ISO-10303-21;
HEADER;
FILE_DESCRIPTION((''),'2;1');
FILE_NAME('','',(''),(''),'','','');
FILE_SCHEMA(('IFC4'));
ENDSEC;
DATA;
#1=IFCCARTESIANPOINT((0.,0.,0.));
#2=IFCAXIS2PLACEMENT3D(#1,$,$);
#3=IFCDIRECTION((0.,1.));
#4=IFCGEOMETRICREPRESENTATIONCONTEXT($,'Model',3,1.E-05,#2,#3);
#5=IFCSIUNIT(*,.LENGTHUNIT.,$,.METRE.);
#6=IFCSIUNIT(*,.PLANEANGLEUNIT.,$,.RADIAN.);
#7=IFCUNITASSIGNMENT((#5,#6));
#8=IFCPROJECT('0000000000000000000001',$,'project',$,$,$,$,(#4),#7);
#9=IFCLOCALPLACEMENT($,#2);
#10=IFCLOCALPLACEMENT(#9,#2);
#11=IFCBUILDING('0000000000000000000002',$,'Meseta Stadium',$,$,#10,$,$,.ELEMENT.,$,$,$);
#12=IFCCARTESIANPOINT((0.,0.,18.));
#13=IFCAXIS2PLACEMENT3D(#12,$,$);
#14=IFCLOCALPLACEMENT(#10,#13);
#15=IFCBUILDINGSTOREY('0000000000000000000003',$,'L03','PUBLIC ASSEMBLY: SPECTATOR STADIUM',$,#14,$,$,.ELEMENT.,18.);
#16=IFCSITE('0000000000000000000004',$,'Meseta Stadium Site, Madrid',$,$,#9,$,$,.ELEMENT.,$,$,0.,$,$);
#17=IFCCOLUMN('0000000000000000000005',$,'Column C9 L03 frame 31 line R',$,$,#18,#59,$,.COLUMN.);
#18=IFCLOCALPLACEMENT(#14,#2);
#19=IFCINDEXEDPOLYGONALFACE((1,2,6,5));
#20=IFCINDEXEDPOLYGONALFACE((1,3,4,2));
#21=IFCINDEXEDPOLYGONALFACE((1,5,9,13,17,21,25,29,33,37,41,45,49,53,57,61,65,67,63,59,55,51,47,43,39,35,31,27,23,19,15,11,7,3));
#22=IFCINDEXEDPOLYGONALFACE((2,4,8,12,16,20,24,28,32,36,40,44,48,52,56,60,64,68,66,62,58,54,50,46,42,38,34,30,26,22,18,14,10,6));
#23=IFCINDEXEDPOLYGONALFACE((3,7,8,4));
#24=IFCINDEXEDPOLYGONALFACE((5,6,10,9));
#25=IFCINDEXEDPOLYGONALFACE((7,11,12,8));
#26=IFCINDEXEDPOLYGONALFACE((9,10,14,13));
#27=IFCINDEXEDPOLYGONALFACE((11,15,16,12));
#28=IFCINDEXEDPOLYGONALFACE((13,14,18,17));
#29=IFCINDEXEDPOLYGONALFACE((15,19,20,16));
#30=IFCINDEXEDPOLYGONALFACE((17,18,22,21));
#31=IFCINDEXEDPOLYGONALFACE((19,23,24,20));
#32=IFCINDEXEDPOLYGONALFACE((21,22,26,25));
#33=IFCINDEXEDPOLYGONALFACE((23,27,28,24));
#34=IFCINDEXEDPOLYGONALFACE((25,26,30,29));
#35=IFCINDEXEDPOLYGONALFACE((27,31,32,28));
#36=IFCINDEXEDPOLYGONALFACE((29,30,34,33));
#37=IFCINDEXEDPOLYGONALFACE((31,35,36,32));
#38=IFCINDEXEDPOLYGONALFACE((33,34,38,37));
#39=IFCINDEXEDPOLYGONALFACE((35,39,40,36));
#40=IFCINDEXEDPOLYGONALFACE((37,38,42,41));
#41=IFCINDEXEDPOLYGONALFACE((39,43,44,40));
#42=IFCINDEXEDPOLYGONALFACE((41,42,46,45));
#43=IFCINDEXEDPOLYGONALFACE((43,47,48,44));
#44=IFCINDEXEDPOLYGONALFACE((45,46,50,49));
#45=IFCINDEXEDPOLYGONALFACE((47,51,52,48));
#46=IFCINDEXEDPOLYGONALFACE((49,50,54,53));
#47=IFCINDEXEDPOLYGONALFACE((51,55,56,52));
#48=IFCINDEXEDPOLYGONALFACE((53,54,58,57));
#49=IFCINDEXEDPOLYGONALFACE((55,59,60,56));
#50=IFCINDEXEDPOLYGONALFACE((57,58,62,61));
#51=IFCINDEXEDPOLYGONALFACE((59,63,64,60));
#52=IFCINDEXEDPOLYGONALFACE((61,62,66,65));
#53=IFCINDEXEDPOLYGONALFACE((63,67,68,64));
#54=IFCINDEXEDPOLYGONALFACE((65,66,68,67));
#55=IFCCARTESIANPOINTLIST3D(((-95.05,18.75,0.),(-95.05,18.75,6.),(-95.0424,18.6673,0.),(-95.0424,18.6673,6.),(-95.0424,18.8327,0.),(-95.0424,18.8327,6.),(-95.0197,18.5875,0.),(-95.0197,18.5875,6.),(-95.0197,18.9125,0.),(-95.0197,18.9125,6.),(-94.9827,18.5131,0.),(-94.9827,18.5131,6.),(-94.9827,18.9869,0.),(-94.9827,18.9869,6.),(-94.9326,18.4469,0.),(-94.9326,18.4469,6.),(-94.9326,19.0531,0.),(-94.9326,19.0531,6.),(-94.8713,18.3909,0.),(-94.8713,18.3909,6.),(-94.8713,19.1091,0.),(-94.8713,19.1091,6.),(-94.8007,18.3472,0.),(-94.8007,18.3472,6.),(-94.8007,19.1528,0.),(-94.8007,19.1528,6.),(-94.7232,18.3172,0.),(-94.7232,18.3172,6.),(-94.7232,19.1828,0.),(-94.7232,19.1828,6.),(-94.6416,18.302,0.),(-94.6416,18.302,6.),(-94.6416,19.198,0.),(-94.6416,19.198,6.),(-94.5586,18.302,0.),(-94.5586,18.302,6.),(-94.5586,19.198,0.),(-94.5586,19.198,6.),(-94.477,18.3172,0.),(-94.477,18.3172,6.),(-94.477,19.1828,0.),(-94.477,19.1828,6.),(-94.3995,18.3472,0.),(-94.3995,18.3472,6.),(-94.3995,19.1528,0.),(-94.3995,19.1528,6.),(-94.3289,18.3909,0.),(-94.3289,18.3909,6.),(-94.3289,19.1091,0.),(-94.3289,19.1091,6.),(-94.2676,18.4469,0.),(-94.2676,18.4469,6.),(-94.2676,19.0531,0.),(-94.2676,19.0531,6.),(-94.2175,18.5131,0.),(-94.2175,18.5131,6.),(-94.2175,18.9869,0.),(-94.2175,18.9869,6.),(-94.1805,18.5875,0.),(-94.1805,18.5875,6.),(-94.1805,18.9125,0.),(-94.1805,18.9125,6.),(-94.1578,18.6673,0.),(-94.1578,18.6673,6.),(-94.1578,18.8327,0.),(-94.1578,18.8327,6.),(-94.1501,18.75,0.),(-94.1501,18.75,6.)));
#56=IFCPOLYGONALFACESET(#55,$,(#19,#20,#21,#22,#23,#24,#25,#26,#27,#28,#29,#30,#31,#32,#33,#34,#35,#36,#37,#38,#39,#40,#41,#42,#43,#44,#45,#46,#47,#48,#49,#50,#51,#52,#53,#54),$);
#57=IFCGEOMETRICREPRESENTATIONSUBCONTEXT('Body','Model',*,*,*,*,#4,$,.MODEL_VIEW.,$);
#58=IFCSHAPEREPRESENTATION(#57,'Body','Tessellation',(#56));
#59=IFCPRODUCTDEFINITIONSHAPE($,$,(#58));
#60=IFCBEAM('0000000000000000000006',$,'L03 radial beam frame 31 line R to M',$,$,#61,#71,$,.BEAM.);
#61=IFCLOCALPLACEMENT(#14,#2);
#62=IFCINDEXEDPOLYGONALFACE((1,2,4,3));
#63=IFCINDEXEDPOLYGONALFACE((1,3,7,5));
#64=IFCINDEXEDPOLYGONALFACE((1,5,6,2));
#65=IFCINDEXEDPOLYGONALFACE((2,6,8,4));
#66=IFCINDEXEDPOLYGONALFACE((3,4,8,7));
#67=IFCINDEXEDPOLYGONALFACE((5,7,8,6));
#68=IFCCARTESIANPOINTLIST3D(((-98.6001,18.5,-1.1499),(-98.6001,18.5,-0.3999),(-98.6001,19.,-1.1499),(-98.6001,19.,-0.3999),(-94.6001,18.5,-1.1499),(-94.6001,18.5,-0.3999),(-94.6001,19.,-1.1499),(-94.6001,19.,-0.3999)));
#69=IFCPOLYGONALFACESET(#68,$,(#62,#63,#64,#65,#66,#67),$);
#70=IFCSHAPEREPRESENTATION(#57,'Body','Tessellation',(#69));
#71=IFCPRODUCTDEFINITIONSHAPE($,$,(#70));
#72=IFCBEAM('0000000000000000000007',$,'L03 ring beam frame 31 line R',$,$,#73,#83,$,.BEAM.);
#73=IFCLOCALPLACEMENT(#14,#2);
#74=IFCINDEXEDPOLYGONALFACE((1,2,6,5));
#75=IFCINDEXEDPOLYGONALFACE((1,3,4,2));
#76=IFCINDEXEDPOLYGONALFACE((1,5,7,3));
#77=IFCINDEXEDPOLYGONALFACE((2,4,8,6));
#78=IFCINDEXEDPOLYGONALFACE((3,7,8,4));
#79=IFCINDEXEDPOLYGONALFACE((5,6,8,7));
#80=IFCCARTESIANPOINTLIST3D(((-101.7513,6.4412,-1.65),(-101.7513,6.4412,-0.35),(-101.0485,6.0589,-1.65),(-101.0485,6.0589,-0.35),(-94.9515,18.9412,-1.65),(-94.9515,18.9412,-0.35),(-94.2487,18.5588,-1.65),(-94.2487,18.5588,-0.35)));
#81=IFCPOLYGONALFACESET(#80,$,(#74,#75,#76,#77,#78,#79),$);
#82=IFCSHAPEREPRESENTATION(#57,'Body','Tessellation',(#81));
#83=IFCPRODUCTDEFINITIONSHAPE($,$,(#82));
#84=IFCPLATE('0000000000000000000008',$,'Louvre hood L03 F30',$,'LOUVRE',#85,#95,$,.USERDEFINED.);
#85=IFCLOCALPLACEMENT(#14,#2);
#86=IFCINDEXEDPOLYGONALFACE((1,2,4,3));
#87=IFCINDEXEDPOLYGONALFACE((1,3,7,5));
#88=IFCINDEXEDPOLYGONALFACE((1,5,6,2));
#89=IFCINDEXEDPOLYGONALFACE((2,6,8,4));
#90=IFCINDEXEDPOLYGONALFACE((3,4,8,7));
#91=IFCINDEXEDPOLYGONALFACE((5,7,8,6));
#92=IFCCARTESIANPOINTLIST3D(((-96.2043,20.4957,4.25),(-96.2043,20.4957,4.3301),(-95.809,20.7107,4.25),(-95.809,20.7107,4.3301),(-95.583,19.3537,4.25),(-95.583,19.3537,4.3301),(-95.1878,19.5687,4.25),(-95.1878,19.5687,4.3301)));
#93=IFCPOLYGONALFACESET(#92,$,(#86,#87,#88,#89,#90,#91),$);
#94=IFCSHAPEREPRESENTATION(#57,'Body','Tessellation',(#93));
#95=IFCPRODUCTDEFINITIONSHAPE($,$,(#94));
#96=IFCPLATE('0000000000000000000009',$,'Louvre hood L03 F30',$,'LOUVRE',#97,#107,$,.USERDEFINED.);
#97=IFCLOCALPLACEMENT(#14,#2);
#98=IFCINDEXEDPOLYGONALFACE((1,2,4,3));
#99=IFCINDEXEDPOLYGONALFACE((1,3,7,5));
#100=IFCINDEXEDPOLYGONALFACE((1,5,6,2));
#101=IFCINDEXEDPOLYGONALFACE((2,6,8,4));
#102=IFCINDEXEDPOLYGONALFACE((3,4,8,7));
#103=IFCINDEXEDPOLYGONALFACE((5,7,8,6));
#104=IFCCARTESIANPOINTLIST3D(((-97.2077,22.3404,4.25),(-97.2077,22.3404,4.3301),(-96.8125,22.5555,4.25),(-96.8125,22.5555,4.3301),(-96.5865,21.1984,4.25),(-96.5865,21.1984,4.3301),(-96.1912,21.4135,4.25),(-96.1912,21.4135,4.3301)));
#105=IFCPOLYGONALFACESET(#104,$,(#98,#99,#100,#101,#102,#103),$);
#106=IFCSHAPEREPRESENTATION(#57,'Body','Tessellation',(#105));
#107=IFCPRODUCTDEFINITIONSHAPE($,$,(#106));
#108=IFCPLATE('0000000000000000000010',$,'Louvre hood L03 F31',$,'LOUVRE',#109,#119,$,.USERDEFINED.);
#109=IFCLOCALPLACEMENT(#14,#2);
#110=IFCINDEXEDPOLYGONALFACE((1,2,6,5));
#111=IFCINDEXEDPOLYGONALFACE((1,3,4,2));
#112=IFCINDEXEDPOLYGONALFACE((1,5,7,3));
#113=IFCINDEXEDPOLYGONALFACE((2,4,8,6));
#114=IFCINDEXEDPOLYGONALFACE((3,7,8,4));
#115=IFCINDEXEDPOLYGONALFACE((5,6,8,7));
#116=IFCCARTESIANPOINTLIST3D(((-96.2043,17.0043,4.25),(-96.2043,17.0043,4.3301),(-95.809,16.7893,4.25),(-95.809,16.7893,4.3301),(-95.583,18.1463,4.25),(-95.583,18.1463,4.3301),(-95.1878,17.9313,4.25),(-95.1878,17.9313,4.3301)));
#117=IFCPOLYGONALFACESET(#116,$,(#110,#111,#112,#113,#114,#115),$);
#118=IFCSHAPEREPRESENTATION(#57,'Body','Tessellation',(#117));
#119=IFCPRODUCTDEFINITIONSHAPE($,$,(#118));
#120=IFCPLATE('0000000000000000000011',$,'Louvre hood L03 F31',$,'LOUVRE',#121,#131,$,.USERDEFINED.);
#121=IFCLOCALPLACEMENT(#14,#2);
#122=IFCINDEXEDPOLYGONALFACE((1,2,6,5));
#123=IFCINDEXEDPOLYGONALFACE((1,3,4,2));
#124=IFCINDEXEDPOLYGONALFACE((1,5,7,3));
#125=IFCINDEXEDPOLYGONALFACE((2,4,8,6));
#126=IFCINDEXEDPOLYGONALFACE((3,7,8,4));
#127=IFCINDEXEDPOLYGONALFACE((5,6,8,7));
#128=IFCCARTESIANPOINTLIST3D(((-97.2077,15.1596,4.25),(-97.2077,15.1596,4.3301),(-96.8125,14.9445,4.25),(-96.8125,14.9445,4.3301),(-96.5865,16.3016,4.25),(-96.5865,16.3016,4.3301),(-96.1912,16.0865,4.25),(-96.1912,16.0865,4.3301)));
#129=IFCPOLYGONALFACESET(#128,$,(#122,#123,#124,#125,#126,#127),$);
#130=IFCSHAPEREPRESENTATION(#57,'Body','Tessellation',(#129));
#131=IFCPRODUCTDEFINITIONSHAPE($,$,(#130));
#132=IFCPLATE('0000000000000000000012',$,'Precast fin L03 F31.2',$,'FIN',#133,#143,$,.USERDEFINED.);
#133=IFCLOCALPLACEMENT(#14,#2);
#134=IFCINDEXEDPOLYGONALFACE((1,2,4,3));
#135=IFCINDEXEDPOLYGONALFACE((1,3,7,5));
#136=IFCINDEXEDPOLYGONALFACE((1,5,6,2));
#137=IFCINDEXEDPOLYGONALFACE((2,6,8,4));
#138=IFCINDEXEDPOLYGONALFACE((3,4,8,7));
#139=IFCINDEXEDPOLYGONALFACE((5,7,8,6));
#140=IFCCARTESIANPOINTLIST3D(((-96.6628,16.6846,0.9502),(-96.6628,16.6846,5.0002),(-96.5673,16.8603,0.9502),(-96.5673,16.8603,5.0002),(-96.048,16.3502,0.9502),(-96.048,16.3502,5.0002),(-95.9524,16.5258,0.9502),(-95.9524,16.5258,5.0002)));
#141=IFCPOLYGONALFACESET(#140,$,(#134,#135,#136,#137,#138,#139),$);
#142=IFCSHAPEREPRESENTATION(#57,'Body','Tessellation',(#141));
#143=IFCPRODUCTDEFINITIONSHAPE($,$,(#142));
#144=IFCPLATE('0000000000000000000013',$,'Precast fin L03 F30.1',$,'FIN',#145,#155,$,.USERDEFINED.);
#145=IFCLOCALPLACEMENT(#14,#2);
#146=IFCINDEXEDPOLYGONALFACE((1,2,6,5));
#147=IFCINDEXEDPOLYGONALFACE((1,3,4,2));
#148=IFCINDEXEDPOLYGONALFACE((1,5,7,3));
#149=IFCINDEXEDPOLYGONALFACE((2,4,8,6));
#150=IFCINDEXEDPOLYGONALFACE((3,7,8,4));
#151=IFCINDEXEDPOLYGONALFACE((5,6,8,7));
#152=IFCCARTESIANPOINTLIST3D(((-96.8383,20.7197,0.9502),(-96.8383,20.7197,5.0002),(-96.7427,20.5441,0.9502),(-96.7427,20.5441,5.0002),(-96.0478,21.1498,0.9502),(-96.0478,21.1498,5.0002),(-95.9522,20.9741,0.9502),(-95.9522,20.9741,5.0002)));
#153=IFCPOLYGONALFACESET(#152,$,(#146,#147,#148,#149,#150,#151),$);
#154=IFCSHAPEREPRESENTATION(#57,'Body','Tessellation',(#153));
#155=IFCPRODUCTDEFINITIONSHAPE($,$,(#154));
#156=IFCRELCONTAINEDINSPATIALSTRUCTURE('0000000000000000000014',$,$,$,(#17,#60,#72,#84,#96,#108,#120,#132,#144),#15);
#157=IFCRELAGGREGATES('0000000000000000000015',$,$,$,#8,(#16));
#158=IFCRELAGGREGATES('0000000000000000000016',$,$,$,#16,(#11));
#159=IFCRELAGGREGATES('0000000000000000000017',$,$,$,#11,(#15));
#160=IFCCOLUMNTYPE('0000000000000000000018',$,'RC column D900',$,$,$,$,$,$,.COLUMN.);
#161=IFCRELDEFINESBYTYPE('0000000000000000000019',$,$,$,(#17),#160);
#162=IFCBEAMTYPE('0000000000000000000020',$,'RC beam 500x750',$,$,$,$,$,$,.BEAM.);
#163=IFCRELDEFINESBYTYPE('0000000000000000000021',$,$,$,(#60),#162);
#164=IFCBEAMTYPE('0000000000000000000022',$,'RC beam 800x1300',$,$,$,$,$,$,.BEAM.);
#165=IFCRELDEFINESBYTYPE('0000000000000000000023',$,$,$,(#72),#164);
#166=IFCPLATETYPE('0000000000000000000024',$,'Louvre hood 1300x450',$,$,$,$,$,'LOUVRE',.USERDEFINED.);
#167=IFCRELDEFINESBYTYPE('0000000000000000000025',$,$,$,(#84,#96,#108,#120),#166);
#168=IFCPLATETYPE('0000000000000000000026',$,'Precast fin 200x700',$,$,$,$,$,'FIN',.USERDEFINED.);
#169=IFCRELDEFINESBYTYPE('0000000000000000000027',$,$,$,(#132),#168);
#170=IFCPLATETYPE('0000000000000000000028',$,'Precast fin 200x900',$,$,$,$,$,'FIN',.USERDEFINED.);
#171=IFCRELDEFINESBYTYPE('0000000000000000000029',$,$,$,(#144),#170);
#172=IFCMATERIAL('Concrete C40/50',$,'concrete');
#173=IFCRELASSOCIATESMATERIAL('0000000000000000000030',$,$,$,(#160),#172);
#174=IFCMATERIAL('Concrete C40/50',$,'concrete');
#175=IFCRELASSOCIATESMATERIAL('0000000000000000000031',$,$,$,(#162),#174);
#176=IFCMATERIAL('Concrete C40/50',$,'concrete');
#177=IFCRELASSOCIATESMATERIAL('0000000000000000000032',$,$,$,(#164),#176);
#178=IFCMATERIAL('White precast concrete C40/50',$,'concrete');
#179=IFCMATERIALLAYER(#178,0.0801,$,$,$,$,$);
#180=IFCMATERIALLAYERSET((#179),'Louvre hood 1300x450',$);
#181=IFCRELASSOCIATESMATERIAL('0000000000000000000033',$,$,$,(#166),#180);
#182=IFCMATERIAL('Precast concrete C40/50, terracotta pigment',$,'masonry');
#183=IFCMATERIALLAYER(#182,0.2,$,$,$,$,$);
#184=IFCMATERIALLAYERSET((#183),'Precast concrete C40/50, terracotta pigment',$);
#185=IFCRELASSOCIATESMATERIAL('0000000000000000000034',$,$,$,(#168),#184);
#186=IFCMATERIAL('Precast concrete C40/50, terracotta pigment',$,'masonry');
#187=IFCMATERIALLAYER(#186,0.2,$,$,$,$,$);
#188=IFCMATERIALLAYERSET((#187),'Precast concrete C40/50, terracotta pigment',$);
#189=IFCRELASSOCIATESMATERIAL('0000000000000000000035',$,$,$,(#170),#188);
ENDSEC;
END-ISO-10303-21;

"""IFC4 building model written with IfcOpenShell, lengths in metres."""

from ifc_helpers import new_model, si_unit, direction, frame, origin, origin_2d, place, context, subcontext, project, spatial, rectangle, circle, extrude, material, layer, layer_set, material_profile, profile_set, type_object, element, save


model = new_model("IFC4")

# Units and contexts
model_context = context("Model", 3, precision=1e-05, world=origin(), true_north=direction((0.0, 1.0)))
body_context = subcontext(model_context, "Body", "Model", "MODEL_VIEW")
ifc_project = project(units=[si_unit("LENGTHUNIT", "METRE"), si_unit("PLANEANGLEUNIT", "RADIAN")], contexts=[model_context])

# Site, building, storey
site_placement = place(None, origin())
site = spatial("IfcSite", under=ifc_project, at=site_placement, Name="Meseta Stadium Site, Madrid", CompositionType="ELEMENT", RefElevation=0.0)
building_placement = place(site_placement, origin())
building = spatial("IfcBuilding", under=site, at=building_placement, Name="Meseta Stadium", CompositionType="ELEMENT")
storey_placement = place(building_placement, frame((0.0, 0.0, 18.0)))
storey = spatial("IfcBuildingStorey", under=building, at=storey_placement, Name="L03", Description="PUBLIC ASSEMBLY: SPECTATOR STADIUM", CompositionType="ELEMENT", Elevation=18.0)

# Column
ifc_material_1 = material(Name="Concrete C40/50", Category="concrete")
ifc_material_profile_1 = material_profile(ifc_material_1, circle(Radius=0.45, at=origin_2d()), Name="RC D900")
ifc_profile_set_1 = profile_set([ifc_material_profile_1], Name="Concrete C40/50")
column_type = type_object("IfcColumnType", Name="RC column D900", PredefinedType="COLUMN", material=ifc_profile_set_1)
column_placement = place(storey_placement, frame((-94.6001, 18.75, 0.0), z_axis=(0.0, 0.0, 1.0), x_axis=(1.0, 0.0, 0.0)))
element("IfcColumn", 1, at=column_placement, inside=storey, type_object=column_type, Name="Column C9 L03 frame 31 line R", PredefinedType="COLUMN", context=body_context, shape_type="SweptSolid", body=[
    extrude(circle(Radius=0.45, at=origin_2d()), origin(), (0.0, 0.0, 1.0), 6.0),
])

# Beams
ifc_material_2 = material(Name="Concrete C40/50", Category="concrete")
ifc_material_profile_2 = material_profile(ifc_material_2, rectangle(XDim=0.5, YDim=0.75, at=origin_2d()), Name="RC 500x750")
ifc_profile_set_2 = profile_set([ifc_material_profile_2], Name="Concrete C40/50")
beam_type_1 = type_object("IfcBeamType", Name="RC beam 500x750", PredefinedType="BEAM", material=ifc_profile_set_2)
beam_1_placement = place(storey_placement, frame((-94.6001, 18.75, -0.7749), z_axis=(-1.0, 0.0, 0.0), x_axis=(0.0, -1.0, 0.0)))
element("IfcBeam", 2, at=beam_1_placement, inside=storey, type_object=beam_type_1, Name="L03 radial beam frame 31 line R to M", PredefinedType="BEAM", context=body_context, shape_type="SweptSolid", body=[
    extrude(rectangle(XDim=0.5, YDim=0.75, at=origin_2d()), origin(), (0.0, 0.0, 1.0), 4.0),
])
ifc_material_3 = material(Name="Concrete C40/50", Category="concrete")
ifc_material_profile_3 = material_profile(ifc_material_3, rectangle(XDim=0.8, YDim=1.3, at=origin_2d()), Name="RC 800x1300")
ifc_profile_set_3 = profile_set([ifc_material_profile_3], Name="Concrete C40/50")
beam_type_2 = type_object("IfcBeamType", Name="RC beam 800x1300", PredefinedType="BEAM", material=ifc_profile_set_3)
beam_2_placement = place(storey_placement, frame((-94.6001, 18.75, -1.0), z_axis=(-0.477856, -0.878438, 0.0), x_axis=(0.878438, -0.477856, 0.0)))
element("IfcBeam", 3, at=beam_2_placement, inside=storey, type_object=beam_type_2, Name="L03 ring beam frame 31 line R", PredefinedType="BEAM", context=body_context, shape_type="SweptSolid", body=[
    extrude(rectangle(XDim=0.8, YDim=1.3, at=origin_2d()), origin(), (0.0, 0.0, 1.0), 14.2297),
])

# Plates
ifc_material_4 = material(Name="White precast concrete C40/50", Category="concrete")
ifc_layer_1 = layer(ifc_material_4, 0.0801)
ifc_layer_set_1 = layer_set([ifc_layer_1], Name="Louvre hood 1300x450")
plate_type_1 = type_object("IfcPlateType", Name="Louvre hood 1300x450", ElementType="LOUVRE", PredefinedType="USERDEFINED", material=ifc_layer_set_1)
for number, where, z_axis, x_axis, name in (
    (4, (-95.696, 20.0322, 4.25), (0.0, 0.0, 1.0), (0.477867, -0.878432, 0.0), "Louvre hood L03 F30"),
    (5, (-96.6995, 21.877, 4.25), (0.0, 0.0, 1.0), (0.477867, -0.878432, 0.0), "Louvre hood L03 F30"),
    (6, (-95.696, 17.4678, 4.25), (0.0, 0.0, 1.0), (-0.477867, -0.878432, 0.0), "Louvre hood L03 F31"),
    (7, (-96.6995, 15.623, 4.25), (0.0, 0.0, 1.0), (-0.477867, -0.878432, 0.0), "Louvre hood L03 F31"),
):
    element("IfcPlate", number, at=place(storey_placement, frame(where, z_axis=z_axis, x_axis=x_axis)), inside=storey, type_object=plate_type_1, Name=name, ObjectType="LOUVRE", PredefinedType="USERDEFINED", context=body_context, shape_type="SweptSolid", body=[
        extrude(rectangle(XDim=1.3, YDim=0.45, at=origin_2d()), origin(), (0.0, 0.0, 1.0), 0.0801),
    ])
ifc_material_5 = material(Name="Precast concrete C40/50, terracotta pigment", Category="masonry")
ifc_layer_2 = layer(ifc_material_5, 0.2)
ifc_layer_set_2 = layer_set([ifc_layer_2], Name="Precast concrete C40/50, terracotta pigment")
plate_type_2 = type_object("IfcPlateType", Name="Precast fin 200x700", ElementType="FIN", PredefinedType="USERDEFINED", material=ifc_layer_set_2)
plate_1_placement = place(storey_placement, frame((-96.3076, 16.6052, 0.9502), z_axis=(0.0, 0.0, 1.0), x_axis=(0.477867, 0.878432, 0.0)))
element("IfcPlate", 8, at=plate_1_placement, inside=storey, type_object=plate_type_2, Name="Precast fin L03 F31.2", ObjectType="FIN", PredefinedType="USERDEFINED", context=body_context, shape_type="SweptSolid", body=[
    extrude(rectangle(XDim=0.2, YDim=0.7, at=origin_2d()), origin(), (0.0, 0.0, 1.0), 4.05),
])
ifc_material_6 = material(Name="Precast concrete C40/50, terracotta pigment", Category="masonry")
ifc_layer_3 = layer(ifc_material_6, 0.2)
ifc_layer_set_3 = layer_set([ifc_layer_3], Name="Precast concrete C40/50, terracotta pigment")
plate_type_3 = type_object("IfcPlateType", Name="Precast fin 200x900", ElementType="FIN", PredefinedType="USERDEFINED", material=ifc_layer_set_3)
plate_2_placement = place(storey_placement, frame((-96.3953, 20.8469, 0.9502), z_axis=(0.0, 0.0, 1.0), x_axis=(-0.477867, 0.878432, 0.0)))
element("IfcPlate", 9, at=plate_2_placement, inside=storey, type_object=plate_type_3, Name="Precast fin L03 F30.1", ObjectType="FIN", PredefinedType="USERDEFINED", context=body_context, shape_type="SweptSolid", body=[
    extrude(rectangle(XDim=0.2, YDim=0.8999, at=origin_2d()), origin(), (0.0, 0.0, 1.0), 4.05),
])

save(model, "model.ifc")
